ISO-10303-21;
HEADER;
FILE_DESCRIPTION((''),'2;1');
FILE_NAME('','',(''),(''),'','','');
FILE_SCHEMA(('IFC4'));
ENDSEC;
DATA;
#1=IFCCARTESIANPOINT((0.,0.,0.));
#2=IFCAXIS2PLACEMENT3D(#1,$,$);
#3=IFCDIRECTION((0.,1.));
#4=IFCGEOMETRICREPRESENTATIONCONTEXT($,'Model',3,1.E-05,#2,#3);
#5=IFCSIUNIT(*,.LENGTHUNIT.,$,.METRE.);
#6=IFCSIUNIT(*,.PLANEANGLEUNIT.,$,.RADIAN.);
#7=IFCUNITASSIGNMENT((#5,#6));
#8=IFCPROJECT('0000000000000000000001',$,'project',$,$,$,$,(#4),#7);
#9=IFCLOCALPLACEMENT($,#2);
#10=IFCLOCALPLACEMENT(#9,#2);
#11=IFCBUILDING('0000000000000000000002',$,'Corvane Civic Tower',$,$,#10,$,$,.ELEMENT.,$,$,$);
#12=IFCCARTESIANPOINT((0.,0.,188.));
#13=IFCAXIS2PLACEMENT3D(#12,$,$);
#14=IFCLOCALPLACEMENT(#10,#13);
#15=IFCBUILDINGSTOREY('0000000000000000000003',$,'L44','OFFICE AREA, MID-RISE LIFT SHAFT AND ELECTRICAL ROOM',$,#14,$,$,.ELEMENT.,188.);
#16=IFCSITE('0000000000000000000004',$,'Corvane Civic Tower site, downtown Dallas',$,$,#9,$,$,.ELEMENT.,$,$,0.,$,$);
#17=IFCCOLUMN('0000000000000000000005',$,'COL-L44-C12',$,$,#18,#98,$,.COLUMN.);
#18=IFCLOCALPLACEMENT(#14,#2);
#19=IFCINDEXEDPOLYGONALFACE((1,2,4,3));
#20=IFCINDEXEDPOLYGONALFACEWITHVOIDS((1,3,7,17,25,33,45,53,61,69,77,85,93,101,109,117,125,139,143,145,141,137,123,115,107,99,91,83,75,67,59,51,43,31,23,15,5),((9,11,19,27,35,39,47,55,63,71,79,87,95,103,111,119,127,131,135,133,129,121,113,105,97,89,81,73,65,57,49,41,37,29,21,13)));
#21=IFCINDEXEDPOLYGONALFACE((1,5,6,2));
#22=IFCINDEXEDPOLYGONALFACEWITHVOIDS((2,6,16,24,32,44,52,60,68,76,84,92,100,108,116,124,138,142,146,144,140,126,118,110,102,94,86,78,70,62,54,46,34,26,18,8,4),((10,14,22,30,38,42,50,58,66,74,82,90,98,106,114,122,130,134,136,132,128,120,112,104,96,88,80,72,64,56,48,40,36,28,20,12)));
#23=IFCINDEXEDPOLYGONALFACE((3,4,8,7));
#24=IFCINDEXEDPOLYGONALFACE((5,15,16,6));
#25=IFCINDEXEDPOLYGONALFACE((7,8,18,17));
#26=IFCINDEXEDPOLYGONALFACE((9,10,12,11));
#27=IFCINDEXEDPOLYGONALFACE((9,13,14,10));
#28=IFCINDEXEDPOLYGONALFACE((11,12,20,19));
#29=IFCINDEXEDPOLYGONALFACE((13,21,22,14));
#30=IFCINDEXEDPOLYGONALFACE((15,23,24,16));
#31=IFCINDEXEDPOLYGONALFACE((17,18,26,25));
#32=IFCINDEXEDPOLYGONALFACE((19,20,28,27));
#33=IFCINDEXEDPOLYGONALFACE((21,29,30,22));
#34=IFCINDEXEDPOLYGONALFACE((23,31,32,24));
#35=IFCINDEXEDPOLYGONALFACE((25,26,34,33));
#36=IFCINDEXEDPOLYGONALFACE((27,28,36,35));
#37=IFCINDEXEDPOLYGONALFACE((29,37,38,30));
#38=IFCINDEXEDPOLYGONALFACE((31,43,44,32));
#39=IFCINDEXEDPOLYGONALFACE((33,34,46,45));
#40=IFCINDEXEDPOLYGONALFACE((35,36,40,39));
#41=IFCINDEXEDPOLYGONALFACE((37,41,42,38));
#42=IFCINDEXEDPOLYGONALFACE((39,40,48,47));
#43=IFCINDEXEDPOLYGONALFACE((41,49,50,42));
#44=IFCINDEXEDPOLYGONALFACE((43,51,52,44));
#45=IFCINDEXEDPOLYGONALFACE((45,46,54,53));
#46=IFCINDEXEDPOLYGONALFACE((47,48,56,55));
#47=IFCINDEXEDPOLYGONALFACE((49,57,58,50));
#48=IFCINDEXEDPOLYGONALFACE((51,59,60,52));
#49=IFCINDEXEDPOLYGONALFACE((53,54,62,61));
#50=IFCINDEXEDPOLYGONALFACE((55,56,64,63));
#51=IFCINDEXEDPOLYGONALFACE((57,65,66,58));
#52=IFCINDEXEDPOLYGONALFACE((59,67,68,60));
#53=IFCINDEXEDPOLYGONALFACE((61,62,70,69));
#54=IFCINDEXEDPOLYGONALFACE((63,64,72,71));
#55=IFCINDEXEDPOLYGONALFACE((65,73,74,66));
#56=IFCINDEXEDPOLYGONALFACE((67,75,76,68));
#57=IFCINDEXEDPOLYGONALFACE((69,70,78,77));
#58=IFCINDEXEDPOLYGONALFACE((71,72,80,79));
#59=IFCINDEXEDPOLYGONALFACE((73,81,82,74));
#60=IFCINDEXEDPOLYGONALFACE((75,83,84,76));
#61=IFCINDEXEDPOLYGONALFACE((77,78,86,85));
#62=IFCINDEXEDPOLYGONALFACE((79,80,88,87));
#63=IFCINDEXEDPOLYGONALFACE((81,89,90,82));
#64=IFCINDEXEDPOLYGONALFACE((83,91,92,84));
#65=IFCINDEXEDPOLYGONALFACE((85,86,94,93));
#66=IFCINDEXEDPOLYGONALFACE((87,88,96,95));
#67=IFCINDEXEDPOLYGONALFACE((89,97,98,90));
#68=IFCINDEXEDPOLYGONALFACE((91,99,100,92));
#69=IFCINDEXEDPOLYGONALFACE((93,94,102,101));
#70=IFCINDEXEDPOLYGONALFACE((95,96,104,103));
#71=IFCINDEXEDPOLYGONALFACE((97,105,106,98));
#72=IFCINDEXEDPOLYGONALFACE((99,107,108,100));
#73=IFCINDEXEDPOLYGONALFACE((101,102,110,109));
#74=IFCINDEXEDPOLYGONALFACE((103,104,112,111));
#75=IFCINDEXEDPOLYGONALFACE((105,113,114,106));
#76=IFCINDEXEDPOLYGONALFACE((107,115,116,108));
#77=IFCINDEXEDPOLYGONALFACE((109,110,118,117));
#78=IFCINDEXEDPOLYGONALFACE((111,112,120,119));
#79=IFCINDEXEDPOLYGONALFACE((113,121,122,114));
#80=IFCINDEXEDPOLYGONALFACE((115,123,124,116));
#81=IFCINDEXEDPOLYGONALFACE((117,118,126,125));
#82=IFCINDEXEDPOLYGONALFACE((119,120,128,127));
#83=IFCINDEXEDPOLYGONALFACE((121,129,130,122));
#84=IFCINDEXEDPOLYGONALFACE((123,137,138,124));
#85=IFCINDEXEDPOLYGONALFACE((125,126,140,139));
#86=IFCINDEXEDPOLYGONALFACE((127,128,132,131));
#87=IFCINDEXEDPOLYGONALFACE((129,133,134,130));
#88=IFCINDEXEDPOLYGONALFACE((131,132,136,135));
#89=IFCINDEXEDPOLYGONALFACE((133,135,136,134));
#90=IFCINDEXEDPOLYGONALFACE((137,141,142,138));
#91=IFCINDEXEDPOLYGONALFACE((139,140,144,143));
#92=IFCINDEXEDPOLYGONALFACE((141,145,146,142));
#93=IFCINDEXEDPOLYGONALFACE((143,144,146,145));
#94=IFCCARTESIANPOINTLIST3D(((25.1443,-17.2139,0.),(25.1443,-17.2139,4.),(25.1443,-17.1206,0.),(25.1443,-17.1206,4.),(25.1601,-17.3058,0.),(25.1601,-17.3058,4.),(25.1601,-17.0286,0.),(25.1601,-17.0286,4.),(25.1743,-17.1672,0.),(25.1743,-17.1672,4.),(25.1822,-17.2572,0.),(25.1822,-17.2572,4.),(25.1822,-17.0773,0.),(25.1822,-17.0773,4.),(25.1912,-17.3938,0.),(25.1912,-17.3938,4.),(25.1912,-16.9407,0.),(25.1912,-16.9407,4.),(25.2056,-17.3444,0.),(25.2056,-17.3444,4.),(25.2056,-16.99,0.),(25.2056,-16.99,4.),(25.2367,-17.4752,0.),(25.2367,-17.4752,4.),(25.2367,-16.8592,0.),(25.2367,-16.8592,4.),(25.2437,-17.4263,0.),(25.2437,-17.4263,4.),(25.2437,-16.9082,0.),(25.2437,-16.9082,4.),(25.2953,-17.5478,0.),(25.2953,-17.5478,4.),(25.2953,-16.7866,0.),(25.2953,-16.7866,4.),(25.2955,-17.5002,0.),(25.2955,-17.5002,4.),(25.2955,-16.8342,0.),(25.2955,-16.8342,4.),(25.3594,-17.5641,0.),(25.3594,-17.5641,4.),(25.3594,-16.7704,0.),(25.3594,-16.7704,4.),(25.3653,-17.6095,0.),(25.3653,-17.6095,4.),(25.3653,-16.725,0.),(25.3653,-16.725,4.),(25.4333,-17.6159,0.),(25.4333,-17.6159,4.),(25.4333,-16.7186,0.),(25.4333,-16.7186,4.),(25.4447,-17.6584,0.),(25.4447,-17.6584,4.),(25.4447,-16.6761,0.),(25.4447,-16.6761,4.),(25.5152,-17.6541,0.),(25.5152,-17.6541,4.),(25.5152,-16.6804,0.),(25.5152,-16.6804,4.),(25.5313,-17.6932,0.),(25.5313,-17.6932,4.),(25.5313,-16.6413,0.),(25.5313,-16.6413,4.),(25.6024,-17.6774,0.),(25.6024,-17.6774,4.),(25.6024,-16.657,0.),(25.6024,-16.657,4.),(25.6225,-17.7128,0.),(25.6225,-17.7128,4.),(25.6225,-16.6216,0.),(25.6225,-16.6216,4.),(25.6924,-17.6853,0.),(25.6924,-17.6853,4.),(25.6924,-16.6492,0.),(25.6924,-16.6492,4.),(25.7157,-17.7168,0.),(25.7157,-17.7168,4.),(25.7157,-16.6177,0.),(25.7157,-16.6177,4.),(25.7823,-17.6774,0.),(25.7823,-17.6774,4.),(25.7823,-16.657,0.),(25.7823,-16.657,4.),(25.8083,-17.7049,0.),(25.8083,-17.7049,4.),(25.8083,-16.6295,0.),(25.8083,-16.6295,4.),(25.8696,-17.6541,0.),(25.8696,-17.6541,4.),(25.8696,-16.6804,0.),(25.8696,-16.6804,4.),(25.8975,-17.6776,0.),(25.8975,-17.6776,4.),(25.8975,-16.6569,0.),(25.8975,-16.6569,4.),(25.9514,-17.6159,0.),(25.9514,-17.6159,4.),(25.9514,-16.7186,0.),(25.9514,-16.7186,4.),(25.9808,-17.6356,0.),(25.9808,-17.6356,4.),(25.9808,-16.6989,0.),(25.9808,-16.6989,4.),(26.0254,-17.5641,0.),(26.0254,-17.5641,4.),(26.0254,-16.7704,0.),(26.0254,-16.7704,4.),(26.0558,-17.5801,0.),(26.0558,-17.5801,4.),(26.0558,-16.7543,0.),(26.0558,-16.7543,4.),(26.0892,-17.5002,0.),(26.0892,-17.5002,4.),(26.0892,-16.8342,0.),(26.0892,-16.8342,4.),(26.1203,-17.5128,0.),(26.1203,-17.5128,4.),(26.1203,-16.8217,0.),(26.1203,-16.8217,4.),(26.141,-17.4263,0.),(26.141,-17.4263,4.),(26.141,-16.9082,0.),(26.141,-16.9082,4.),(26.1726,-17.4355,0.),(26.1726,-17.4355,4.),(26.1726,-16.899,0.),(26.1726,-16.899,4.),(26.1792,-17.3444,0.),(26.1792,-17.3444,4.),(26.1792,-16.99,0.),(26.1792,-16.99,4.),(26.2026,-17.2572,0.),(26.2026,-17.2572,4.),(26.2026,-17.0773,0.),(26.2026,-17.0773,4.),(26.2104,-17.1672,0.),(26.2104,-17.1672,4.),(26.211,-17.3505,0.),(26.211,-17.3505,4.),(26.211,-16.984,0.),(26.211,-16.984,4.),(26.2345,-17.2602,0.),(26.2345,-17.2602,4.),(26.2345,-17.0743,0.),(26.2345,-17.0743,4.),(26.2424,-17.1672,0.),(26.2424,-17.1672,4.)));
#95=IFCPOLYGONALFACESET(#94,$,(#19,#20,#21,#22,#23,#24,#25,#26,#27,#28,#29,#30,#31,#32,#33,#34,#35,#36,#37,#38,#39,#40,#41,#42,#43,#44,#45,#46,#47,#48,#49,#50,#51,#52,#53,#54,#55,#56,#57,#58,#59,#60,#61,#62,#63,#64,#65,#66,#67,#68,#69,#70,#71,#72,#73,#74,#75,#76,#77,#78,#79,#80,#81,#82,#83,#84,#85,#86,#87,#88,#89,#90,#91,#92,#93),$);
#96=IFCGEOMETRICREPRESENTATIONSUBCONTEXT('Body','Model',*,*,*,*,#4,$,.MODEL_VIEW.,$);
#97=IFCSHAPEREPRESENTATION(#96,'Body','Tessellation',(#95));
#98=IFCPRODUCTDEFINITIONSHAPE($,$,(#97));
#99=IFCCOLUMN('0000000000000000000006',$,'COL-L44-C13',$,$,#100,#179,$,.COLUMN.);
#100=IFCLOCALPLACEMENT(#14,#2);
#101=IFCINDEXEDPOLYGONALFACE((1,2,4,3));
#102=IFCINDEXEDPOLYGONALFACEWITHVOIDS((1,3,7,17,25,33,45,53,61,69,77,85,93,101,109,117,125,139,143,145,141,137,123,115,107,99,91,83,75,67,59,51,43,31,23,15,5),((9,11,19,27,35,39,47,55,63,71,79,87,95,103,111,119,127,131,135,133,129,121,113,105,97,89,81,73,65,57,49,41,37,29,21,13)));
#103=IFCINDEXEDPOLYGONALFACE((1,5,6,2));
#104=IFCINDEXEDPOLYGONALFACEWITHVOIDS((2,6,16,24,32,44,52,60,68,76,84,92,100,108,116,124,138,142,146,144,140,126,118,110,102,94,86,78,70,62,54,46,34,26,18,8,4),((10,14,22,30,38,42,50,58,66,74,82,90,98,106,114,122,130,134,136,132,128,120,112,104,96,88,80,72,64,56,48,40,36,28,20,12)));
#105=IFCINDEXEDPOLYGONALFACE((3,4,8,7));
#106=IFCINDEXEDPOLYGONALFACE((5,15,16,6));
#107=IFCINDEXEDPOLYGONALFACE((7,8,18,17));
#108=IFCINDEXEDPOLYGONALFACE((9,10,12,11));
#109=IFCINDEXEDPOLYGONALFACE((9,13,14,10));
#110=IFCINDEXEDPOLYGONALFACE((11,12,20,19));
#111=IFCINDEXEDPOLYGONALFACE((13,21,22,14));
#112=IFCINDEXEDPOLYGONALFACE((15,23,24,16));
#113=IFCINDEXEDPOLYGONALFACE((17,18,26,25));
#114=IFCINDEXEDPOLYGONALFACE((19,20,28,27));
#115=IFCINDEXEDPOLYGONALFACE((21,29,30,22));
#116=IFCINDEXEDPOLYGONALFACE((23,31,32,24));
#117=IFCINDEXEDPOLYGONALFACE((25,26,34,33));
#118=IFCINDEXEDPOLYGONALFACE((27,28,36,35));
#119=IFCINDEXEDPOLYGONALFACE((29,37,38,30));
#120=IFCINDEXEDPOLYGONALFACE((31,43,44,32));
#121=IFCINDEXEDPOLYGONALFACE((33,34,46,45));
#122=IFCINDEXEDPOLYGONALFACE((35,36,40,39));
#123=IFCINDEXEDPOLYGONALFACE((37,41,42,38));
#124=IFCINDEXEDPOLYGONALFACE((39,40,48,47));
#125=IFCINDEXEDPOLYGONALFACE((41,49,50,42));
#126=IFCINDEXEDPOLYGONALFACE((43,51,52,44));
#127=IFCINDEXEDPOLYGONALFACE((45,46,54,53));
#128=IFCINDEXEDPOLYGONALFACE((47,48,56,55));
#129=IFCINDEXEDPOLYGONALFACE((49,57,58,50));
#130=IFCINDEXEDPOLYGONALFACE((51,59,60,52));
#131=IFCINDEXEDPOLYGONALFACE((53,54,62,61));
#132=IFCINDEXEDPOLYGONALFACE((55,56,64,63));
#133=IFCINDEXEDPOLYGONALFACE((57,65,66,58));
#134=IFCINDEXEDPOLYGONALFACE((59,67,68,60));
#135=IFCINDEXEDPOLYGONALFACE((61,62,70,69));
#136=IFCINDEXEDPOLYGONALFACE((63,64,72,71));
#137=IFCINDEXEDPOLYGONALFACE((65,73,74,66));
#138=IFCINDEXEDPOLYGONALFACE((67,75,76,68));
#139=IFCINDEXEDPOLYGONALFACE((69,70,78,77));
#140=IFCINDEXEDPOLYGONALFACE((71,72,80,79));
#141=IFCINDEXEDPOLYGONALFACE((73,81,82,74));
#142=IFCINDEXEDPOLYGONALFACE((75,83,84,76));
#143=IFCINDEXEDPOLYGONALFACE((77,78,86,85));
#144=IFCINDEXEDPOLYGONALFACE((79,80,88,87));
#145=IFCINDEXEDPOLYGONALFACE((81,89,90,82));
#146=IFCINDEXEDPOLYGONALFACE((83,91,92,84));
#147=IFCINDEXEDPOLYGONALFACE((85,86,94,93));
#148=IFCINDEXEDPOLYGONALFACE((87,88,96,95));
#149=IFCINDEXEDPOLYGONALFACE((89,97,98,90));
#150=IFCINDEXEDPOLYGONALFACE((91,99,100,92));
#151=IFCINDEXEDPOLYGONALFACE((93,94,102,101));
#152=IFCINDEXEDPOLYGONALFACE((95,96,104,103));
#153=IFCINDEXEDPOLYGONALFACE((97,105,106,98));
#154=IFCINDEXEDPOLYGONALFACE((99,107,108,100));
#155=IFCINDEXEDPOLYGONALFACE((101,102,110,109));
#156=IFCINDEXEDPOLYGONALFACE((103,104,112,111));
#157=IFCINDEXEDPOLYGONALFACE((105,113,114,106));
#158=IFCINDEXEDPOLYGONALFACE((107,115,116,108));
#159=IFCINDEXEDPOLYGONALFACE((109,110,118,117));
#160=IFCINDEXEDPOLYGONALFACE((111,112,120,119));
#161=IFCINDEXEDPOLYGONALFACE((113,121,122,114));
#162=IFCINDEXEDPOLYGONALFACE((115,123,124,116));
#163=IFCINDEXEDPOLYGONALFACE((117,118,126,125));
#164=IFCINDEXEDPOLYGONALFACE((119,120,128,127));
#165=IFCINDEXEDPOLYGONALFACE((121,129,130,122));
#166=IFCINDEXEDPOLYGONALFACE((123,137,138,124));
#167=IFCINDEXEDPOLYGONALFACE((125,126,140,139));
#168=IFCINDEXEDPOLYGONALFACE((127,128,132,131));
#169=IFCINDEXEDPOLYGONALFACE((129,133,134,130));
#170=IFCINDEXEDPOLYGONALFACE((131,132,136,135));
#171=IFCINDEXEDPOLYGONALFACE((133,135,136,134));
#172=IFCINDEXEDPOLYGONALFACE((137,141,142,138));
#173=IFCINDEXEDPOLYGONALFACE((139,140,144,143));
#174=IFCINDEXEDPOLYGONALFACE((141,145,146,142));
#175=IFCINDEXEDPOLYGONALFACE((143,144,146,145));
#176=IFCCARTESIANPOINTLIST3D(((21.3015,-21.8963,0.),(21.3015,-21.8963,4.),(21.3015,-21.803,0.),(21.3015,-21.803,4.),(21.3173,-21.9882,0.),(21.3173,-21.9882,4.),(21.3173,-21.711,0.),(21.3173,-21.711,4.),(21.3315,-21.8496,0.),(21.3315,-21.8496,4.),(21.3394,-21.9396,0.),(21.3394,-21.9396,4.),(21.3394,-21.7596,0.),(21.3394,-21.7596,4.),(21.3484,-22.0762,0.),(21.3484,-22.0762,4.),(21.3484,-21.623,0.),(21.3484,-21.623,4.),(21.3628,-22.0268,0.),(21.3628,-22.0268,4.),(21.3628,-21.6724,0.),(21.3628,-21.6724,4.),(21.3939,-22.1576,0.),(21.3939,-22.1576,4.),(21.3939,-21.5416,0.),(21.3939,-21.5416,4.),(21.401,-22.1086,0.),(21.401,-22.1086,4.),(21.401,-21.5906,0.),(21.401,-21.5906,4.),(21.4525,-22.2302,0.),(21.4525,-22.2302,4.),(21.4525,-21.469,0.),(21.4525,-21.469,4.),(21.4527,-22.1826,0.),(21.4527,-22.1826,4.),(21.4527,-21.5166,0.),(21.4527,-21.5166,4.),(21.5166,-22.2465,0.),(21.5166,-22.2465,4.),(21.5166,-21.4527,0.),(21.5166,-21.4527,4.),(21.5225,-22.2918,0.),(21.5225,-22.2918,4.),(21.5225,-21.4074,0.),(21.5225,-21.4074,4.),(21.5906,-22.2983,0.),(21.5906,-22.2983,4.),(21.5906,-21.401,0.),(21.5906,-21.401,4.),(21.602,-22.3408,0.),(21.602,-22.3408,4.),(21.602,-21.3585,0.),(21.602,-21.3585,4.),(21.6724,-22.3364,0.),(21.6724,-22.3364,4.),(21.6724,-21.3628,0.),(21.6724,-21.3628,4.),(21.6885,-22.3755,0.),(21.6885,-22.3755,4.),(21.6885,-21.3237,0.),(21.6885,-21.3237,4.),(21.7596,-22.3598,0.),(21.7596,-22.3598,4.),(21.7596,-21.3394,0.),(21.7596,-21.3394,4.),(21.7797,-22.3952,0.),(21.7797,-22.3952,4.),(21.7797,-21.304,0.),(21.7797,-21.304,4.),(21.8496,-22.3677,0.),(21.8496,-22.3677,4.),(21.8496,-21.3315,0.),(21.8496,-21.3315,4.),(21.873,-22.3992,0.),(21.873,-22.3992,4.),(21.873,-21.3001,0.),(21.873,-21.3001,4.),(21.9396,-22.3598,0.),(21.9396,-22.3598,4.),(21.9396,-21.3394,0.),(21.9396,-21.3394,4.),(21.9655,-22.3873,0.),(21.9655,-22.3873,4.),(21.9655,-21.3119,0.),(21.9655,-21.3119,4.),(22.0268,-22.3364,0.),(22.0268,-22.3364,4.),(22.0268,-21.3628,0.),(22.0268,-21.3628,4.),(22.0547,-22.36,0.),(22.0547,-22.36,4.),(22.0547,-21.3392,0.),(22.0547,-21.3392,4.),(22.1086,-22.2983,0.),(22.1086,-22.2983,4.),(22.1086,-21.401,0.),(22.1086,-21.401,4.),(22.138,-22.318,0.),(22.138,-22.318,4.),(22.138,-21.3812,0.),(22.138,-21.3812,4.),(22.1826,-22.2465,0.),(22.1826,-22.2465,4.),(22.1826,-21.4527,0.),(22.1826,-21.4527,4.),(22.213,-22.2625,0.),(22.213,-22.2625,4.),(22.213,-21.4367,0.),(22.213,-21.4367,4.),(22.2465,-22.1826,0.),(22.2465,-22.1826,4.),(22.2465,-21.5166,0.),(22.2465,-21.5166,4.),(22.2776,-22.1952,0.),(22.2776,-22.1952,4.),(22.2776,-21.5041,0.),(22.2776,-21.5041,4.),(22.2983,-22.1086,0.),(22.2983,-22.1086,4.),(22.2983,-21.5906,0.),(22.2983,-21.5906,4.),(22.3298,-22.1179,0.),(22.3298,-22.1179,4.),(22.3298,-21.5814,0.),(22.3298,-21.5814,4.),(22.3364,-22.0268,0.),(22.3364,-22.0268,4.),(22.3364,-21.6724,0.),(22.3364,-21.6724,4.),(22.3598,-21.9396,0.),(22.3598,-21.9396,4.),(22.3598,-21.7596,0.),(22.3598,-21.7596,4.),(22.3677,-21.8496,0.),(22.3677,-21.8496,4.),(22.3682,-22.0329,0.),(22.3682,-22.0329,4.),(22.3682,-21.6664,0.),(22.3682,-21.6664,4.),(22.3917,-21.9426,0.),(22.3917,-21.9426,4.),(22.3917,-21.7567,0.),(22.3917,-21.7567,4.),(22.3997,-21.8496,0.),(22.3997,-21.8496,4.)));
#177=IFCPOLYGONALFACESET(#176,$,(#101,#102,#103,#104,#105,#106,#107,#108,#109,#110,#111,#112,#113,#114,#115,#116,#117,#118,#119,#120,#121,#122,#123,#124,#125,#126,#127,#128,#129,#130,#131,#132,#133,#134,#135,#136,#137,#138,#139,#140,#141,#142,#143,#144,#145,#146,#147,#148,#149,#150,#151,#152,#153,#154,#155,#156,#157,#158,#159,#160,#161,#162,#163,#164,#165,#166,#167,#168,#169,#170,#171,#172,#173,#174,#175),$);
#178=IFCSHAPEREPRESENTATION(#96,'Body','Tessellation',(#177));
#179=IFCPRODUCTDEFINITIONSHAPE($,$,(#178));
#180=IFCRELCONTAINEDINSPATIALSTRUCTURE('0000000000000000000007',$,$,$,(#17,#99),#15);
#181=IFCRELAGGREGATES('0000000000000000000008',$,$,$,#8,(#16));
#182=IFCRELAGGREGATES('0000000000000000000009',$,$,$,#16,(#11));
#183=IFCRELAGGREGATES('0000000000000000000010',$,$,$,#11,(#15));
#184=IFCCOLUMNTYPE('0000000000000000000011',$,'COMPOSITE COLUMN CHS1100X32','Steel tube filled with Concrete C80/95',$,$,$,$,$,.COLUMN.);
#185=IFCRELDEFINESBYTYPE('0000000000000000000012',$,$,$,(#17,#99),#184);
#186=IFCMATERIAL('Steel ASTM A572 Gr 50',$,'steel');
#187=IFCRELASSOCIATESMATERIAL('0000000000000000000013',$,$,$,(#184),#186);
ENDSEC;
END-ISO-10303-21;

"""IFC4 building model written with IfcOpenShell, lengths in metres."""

from ifc_helpers import new_model, si_unit, direction, frame, origin, origin_2d, place, context, subcontext, project, spatial, hollow_circle, extrude, material, material_profile, profile_set, type_object, element, save


model = new_model("IFC4")

# Units and contexts
model_context = context("Model", 3, precision=1e-05, world=origin(), true_north=direction((0.0, 1.0)))
body_context = subcontext(model_context, "Body", "Model", "MODEL_VIEW")
ifc_project = project(units=[si_unit("LENGTHUNIT", "METRE"), si_unit("PLANEANGLEUNIT", "RADIAN")], contexts=[model_context])

# Site, building, storey
site_placement = place(None, origin())
site = spatial("IfcSite", under=ifc_project, at=site_placement, Name="Corvane Civic Tower site, downtown Dallas", CompositionType="ELEMENT", RefElevation=0.0)
building_placement = place(site_placement, origin())
building = spatial("IfcBuilding", under=site, at=building_placement, Name="Corvane Civic Tower", CompositionType="ELEMENT")
storey_placement = place(building_placement, frame((0.0, 0.0, 188.0)))
storey = spatial("IfcBuildingStorey", under=building, at=storey_placement, Name="L44", Description="OFFICE AREA, MID-RISE LIFT SHAFT AND ELECTRICAL ROOM", CompositionType="ELEMENT", Elevation=188.0)

# Columns
ifc_material_1 = material(Name="Steel ASTM A572 Gr 50", Category="steel")
ifc_material_profile_1 = material_profile(ifc_material_1, hollow_circle(Radius=0.55, WallThickness=0.032, at=origin_2d()), Name="CHS1100X32")
ifc_profile_set_1 = profile_set([ifc_material_profile_1], Name="Steel ASTM A572 Gr 50")
column_type = type_object("IfcColumnType", Name="COMPOSITE COLUMN CHS1100X32", Description="Steel tube filled with Concrete C80/95", PredefinedType="COLUMN", material=ifc_profile_set_1)
for number, where, z_axis, x_axis, name in (
    (1, (25.6924, -17.1672, 0.0), (0.0, 0.0, 1.0), (1.0, 0.0, 0.0), "COL-L44-C12"),
    (2, (21.8496, -21.8496, 0.0), (0.0, 0.0, 1.0), (1.0, 0.0, 0.0), "COL-L44-C13"),
):
    element("IfcColumn", number, at=place(storey_placement, frame(where, z_axis=z_axis, x_axis=x_axis)), inside=storey, type_object=column_type, Name=name, PredefinedType="COLUMN", context=body_context, shape_type="SweptSolid", body=[
        extrude(hollow_circle(Radius=0.55, WallThickness=0.032, at=origin_2d()), origin(), (0.0, 0.0, 1.0), 4.0),
    ])

save(model, "model.ifc")
